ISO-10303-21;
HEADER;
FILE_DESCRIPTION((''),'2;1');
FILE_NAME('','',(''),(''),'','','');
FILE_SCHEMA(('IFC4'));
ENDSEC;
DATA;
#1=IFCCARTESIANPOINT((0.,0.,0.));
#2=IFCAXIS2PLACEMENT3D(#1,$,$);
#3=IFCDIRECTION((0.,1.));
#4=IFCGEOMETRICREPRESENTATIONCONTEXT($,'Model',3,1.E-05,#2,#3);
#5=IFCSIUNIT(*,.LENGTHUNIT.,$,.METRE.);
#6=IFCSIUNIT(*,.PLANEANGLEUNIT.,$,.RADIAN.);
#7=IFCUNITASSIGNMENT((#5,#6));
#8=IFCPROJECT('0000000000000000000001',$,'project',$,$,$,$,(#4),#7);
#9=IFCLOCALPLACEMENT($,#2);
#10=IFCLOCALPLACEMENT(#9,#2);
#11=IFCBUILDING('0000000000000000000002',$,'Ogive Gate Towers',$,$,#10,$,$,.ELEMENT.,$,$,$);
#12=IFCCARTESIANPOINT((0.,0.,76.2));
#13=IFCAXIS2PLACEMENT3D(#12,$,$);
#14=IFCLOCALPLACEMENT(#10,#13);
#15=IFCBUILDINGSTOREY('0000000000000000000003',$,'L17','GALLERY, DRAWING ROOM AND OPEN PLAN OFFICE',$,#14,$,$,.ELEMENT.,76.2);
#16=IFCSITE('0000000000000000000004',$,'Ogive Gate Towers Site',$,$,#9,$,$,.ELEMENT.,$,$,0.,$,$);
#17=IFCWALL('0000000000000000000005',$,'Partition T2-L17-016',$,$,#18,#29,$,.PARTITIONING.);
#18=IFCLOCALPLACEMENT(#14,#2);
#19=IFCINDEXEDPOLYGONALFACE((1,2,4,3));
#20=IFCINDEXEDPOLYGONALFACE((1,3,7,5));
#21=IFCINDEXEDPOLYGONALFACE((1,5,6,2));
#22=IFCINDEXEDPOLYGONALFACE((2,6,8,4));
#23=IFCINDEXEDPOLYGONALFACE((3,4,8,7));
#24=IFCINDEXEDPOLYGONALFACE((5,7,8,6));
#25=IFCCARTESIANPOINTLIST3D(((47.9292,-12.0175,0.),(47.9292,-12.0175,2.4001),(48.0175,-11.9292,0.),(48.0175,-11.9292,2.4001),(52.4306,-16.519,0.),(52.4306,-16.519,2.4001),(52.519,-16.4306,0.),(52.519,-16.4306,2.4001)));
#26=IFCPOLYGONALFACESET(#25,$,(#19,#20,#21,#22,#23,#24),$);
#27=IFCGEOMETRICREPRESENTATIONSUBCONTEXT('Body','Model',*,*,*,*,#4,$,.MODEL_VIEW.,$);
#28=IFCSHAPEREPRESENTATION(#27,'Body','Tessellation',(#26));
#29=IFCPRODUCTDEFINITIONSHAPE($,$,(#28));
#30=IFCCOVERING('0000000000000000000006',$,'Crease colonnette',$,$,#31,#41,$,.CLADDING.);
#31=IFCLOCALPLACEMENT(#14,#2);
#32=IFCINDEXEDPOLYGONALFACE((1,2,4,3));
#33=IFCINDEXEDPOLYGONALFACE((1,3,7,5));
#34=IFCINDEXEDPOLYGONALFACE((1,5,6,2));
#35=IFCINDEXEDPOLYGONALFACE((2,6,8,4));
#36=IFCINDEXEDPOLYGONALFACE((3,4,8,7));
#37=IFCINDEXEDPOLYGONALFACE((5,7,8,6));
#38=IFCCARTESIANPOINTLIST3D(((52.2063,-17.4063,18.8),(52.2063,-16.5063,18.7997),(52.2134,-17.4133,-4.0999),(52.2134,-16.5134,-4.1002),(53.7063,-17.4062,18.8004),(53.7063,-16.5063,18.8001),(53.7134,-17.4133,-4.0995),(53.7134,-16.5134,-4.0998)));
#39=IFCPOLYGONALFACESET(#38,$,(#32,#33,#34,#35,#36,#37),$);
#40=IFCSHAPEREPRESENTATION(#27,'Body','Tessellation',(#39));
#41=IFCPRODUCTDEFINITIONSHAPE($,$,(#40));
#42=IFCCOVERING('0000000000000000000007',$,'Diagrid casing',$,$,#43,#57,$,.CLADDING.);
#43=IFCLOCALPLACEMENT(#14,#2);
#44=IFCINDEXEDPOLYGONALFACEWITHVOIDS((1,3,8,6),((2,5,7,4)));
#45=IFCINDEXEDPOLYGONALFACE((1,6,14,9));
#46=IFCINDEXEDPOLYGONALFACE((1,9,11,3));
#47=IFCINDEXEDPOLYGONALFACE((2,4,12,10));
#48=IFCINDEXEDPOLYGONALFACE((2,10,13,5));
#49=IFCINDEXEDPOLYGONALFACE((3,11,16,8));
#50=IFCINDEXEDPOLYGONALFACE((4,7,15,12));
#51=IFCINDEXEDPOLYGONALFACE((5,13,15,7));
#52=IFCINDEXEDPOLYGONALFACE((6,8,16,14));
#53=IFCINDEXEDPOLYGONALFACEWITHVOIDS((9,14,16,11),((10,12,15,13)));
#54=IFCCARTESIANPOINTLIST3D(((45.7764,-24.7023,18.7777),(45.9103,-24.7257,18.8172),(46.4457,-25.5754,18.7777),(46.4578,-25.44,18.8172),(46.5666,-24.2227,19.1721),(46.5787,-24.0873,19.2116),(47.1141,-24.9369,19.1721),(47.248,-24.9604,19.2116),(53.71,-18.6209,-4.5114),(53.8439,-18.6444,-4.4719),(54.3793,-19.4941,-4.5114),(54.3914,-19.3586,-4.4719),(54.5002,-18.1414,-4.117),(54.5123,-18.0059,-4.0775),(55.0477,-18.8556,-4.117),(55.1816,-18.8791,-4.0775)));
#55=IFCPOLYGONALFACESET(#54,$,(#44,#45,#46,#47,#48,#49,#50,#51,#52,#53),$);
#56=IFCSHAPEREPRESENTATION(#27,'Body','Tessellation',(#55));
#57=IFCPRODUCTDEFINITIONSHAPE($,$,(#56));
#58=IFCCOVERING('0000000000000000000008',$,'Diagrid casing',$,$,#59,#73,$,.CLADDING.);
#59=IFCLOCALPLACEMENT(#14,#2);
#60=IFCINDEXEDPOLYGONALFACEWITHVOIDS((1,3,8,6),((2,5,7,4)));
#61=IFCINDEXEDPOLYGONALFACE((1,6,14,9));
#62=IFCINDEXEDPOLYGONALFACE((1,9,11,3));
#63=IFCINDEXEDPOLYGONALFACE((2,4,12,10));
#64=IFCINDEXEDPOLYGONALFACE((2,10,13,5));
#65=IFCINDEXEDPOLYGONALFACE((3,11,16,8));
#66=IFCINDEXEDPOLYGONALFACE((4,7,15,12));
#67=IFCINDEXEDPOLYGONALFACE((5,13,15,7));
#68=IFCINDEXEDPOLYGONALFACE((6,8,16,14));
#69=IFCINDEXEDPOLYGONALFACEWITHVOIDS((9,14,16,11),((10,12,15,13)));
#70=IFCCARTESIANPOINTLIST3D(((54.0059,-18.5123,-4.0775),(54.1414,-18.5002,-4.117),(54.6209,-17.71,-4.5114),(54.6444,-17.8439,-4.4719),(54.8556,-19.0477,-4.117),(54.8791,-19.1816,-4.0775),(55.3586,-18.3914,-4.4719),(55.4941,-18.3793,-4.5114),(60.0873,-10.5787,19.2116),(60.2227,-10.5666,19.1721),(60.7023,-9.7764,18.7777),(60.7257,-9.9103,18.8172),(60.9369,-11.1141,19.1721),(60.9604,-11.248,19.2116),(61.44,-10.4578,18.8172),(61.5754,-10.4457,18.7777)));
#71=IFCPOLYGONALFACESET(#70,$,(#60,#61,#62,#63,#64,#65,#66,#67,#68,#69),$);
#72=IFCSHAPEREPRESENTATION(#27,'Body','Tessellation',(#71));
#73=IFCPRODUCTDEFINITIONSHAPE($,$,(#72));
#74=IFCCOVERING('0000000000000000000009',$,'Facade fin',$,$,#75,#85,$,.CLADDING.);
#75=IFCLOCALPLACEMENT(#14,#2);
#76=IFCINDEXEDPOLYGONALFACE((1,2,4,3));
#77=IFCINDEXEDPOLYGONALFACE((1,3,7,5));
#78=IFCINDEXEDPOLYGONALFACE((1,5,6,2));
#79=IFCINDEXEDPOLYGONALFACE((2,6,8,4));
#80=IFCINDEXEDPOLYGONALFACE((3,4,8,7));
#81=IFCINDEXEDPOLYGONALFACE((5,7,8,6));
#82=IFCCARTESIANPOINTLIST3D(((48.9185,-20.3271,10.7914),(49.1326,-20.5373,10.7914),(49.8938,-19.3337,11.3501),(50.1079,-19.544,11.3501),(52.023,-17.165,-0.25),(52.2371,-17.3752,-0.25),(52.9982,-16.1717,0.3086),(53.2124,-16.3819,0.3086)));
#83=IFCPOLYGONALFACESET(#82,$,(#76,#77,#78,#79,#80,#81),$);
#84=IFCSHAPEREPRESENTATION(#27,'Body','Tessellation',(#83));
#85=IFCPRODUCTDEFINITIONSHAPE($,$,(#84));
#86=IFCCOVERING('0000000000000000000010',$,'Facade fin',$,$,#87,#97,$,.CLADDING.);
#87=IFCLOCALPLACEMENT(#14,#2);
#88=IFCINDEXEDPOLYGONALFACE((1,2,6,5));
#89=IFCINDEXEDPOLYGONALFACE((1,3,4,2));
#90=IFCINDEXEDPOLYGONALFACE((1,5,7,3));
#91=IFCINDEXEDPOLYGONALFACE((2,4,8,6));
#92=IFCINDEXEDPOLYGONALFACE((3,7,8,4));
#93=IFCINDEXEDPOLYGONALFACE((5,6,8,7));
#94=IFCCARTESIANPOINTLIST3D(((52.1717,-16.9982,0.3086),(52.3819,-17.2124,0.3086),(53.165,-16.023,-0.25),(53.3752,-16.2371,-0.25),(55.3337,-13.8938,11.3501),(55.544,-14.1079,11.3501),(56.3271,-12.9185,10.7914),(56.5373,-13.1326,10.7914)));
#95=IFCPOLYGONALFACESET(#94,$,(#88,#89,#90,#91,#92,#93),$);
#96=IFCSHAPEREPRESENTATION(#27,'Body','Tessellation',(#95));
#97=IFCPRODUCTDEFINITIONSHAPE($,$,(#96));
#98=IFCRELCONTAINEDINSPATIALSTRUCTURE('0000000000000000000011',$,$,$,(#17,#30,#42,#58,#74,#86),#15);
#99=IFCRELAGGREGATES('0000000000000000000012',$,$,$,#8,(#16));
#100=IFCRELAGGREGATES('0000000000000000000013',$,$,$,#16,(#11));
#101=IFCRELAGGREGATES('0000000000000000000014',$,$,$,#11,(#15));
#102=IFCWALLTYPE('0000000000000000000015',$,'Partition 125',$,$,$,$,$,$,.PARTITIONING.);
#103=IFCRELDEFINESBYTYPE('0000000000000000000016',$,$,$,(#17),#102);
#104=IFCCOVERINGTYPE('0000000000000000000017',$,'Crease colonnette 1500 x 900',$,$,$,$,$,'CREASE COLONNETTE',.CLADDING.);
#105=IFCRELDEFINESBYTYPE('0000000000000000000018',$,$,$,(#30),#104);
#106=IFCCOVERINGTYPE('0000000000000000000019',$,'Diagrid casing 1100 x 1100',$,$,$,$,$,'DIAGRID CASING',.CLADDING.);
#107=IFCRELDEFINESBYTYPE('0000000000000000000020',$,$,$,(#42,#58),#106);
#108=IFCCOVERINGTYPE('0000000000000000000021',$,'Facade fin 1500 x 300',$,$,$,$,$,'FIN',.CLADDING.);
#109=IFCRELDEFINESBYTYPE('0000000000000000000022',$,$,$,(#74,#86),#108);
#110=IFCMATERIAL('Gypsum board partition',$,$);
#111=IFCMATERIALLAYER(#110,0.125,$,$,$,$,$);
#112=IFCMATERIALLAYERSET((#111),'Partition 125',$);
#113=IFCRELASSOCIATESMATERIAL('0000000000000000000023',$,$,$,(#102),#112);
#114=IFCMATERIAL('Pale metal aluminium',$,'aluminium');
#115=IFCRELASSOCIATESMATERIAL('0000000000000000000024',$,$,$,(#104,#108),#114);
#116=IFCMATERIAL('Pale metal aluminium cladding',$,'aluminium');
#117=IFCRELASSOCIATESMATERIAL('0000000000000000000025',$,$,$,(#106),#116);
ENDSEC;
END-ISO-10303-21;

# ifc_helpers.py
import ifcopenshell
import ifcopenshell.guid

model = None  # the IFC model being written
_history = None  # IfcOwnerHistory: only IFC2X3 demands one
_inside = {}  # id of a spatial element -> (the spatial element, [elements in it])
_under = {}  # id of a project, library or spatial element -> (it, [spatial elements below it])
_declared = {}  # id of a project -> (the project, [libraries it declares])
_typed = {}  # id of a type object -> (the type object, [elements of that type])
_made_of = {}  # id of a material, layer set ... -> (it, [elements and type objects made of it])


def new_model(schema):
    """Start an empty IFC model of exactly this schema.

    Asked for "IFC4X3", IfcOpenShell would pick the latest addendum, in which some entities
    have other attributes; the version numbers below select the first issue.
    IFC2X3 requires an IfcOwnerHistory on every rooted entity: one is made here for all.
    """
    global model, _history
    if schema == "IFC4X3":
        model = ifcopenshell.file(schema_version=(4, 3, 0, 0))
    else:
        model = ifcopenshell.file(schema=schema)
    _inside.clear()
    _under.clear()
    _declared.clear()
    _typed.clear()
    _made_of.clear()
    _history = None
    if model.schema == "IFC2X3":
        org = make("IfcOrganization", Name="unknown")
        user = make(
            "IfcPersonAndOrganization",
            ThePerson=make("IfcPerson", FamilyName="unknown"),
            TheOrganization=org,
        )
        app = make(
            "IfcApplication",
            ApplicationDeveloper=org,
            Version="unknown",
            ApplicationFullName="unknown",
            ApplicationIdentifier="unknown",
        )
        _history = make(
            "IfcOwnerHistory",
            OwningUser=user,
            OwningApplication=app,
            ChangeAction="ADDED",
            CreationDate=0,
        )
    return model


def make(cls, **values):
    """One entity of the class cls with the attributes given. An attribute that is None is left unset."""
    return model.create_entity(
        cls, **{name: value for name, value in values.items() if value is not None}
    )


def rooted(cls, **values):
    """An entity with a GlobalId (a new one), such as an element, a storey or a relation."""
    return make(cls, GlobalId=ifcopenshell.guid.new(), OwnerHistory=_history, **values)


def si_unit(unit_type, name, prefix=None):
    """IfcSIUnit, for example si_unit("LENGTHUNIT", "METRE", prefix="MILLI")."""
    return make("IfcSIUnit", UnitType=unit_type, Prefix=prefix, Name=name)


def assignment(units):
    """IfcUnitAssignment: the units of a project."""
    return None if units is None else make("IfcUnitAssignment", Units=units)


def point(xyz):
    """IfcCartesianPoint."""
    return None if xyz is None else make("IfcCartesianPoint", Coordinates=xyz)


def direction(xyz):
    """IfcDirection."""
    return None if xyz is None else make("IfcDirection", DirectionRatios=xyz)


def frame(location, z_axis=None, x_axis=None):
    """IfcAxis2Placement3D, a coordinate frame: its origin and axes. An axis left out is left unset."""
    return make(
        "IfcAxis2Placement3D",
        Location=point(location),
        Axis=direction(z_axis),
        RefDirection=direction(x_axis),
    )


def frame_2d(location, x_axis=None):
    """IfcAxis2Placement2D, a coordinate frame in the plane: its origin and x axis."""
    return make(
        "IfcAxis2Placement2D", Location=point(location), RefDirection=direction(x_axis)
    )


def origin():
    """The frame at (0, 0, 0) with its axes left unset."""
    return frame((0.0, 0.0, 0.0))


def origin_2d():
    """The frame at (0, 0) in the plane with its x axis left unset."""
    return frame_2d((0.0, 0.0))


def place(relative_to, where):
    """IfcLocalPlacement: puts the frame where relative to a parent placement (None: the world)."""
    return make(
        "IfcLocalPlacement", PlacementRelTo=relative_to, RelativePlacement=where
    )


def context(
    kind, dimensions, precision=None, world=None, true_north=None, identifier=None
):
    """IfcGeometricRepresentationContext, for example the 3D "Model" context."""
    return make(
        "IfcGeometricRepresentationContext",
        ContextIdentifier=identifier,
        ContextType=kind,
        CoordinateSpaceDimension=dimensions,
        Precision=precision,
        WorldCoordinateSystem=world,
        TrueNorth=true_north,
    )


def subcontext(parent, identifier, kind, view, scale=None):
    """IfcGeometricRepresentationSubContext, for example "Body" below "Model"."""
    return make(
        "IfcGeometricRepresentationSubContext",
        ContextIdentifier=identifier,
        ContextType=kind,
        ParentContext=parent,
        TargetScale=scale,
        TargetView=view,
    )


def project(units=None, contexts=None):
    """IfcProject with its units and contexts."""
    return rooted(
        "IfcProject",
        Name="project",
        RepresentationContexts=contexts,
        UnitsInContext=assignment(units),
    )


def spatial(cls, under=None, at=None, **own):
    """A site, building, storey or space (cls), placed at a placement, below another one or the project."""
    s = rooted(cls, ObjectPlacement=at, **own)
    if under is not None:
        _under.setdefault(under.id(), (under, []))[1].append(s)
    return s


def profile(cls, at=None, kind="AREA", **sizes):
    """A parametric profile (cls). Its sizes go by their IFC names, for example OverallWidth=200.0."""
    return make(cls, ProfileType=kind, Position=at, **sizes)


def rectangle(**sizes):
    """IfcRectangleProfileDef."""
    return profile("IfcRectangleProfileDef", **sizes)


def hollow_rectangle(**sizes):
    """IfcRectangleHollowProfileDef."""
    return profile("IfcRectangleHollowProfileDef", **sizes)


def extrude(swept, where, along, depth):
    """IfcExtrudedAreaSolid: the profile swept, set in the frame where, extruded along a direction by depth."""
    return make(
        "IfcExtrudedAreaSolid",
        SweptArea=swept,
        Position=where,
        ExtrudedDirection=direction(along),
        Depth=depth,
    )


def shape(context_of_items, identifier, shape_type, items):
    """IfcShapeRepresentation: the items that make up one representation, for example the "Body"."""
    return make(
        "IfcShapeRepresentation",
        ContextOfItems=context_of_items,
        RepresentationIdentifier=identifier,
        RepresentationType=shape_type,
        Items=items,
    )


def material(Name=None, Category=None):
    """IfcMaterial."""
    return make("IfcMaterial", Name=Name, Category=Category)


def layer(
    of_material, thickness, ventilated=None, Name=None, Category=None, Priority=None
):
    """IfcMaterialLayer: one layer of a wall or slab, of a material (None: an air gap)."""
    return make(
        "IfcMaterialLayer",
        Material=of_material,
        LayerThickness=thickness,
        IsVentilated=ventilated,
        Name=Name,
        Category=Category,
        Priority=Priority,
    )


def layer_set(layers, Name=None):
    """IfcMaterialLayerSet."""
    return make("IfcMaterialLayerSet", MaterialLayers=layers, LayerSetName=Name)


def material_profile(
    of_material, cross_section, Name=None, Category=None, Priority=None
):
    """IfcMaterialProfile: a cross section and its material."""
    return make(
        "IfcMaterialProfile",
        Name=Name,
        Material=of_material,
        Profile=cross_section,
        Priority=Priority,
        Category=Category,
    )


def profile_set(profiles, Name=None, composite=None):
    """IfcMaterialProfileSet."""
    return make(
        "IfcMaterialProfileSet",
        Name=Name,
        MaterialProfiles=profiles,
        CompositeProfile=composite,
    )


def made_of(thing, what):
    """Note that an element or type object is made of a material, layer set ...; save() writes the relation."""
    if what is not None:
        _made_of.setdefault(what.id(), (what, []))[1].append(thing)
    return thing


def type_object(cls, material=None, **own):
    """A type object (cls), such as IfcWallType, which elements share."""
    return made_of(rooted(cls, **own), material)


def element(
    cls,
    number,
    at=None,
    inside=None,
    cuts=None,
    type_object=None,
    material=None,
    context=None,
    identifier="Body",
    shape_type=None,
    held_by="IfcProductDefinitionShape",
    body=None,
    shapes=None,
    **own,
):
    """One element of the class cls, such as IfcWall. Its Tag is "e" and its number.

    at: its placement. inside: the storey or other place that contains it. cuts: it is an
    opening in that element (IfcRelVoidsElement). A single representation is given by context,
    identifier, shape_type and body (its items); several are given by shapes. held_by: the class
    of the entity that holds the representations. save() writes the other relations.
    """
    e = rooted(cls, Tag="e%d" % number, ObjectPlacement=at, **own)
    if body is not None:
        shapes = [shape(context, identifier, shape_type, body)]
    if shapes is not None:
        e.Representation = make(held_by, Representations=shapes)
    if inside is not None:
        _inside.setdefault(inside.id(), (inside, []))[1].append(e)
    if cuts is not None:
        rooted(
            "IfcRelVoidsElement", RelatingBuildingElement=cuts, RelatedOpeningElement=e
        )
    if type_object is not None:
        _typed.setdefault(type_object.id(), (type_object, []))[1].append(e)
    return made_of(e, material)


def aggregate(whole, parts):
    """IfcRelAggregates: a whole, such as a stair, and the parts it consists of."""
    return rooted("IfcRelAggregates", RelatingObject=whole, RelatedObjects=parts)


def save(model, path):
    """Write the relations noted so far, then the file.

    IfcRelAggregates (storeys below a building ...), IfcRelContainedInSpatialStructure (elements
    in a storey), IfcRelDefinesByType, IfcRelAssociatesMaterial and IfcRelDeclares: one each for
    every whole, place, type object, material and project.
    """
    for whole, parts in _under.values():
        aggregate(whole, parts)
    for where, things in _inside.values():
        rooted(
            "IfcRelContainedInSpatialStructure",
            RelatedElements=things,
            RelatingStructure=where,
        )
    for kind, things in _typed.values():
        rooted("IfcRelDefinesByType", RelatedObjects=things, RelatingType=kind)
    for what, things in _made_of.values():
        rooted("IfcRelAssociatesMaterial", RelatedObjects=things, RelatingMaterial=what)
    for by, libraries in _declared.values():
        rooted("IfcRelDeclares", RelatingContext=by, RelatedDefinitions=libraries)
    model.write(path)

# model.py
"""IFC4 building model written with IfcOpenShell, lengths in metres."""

from ifc_helpers import new_model, si_unit, direction, frame, frame_2d, origin, origin_2d, place, context, subcontext, project, spatial, rectangle, hollow_rectangle, extrude, material, layer, layer_set, material_profile, profile_set, type_object, element, save


model = new_model("IFC4")

# Units and contexts
model_context = context("Model", 3, precision=1e-05, world=origin(), true_north=direction((0.0, 1.0)))
body_context = subcontext(model_context, "Body", "Model", "MODEL_VIEW")
ifc_project = project(units=[si_unit("LENGTHUNIT", "METRE"), si_unit("PLANEANGLEUNIT", "RADIAN")], contexts=[model_context])

# Site, building, storey
site_placement = place(None, origin())
site = spatial("IfcSite", under=ifc_project, at=site_placement, Name="Ogive Gate Towers Site", CompositionType="ELEMENT", RefElevation=0.0)
building_placement = place(site_placement, origin())
building = spatial("IfcBuilding", under=site, at=building_placement, Name="Ogive Gate Towers", CompositionType="ELEMENT")
storey_placement = place(building_placement, frame((0.0, 0.0, 76.2)))
storey = spatial("IfcBuildingStorey", under=building, at=storey_placement, Name="L17", Description="GALLERY, DRAWING ROOM AND OPEN PLAN OFFICE", CompositionType="ELEMENT", Elevation=76.2)

# Shared definitions
ifc_material_1 = material(Name="Pale metal aluminium", Category="aluminium")

# Wall
ifc_material_2 = material(Name="Gypsum board partition")
ifc_layer_1 = layer(ifc_material_2, 0.125)
ifc_layer_set_1 = layer_set([ifc_layer_1], Name="Partition 125")
wall_type = type_object("IfcWallType", Name="Partition 125", PredefinedType="PARTITIONING", material=ifc_layer_set_1)
wall_placement = place(storey_placement, frame((52.4749, -16.4749, 0.0), z_axis=(0.0, 0.0, 1.0), x_axis=(-0.707107, 0.707107, 0.0)))
element("IfcWall", 1, at=wall_placement, inside=storey, type_object=wall_type, Name="Partition T2-L17-016", PredefinedType="PARTITIONING", context=body_context, shape_type="SweptSolid", body=[
    extrude(rectangle(XDim=6.366, YDim=0.125, at=frame_2d((3.1831, 0.0))), origin(), (0.0, 0.0, 1.0), 2.4001),
])

# Coverings
ifc_material_profile_1 = material_profile(ifc_material_1, rectangle(XDim=1.5, YDim=0.8999, at=origin_2d()), Name="1500 x 900 pale metal aluminium")
ifc_profile_set_1 = profile_set([ifc_material_profile_1], Name="Pale metal aluminium")
covering_type_1 = type_object("IfcCoveringType", Name="Crease colonnette 1500 x 900", ElementType="CREASE COLONNETTE", PredefinedType="CLADDING", material=ifc_profile_set_1)
covering_placement = place(storey_placement, frame((52.9634, -16.9634, -4.0999), z_axis=(-0.000309, 0.000309, 1.0), x_axis=(1.0, 0.0, 0.0)))
element("IfcCovering", 2, at=covering_placement, inside=storey, type_object=covering_type_1, Name="Crease colonnette", PredefinedType="CLADDING", context=body_context, shape_type="SweptSolid", body=[
    extrude(rectangle(XDim=1.5, YDim=0.8999, at=origin_2d()), origin(), (0.0, 0.0, 1.0), 22.8999),
])
ifc_material_3 = material(Name="Pale metal aluminium cladding", Category="aluminium")
ifc_material_profile_2 = material_profile(ifc_material_3, hollow_rectangle(XDim=1.1001, YDim=1.1001, WallThickness=0.1001, at=origin_2d()), Name="1100 x 1100 pale metal casing")
ifc_profile_set_2 = profile_set([ifc_material_profile_2], Name="Pale metal aluminium cladding")
covering_type_2 = type_object("IfcCoveringType", Name="Diagrid casing 1100 x 1100", ElementType="DIAGRID CASING", PredefinedType="CLADDING", material=ifc_profile_set_2)
for number, where, z_axis, x_axis, name in (
    (3, (54.4458, -18.75, -4.2944), (-0.31304, -0.239953, 0.918928), (0.608361, -0.793661, 0.0), "Diagrid casing"),
    (4, (54.75, -18.4458, -4.2944), (0.239953, 0.31304, 0.918928), (-0.793661, 0.608361, 0.0), "Diagrid casing"),
):
    element("IfcCovering", number, at=place(storey_placement, frame(where, z_axis=z_axis, x_axis=x_axis)), inside=storey, type_object=covering_type_2, Name=name, PredefinedType="CLADDING", context=body_context, shape_type="SweptSolid", body=[
        extrude(hollow_rectangle(XDim=1.1001, YDim=1.1001, WallThickness=0.1001, at=origin_2d()), origin(), (0.0, 0.0, 1.0), 25.3438),
    ])
ifc_material_profile_3 = material_profile(ifc_material_1, rectangle(XDim=0.3, YDim=1.5, at=origin_2d()), Name="1500 x 300 pale metal aluminium")
ifc_profile_set_3 = profile_set([ifc_material_profile_3], Name="Pale metal aluminium")
covering_type_3 = type_object("IfcCoveringType", Name="Facade fin 1500 x 300", ElementType="FIN", PredefinedType="CLADDING", material=ifc_profile_set_3)
for number, where, z_axis, x_axis, name in (
    (5, (52.6177, -16.7734, 0.0293), (-0.260935, -0.265778, 0.928049), (0.713578, -0.700576, 0.0), "Facade fin"),
    (6, (52.7734, -16.6177, 0.0293), (0.265778, 0.260935, 0.928049), (-0.700576, 0.713578, 0.0), "Facade fin"),
):
    element("IfcCovering", number, at=place(storey_placement, frame(where, z_axis=z_axis, x_axis=x_axis)), inside=storey, type_object=covering_type_3, Name=name, PredefinedType="CLADDING", context=body_context, shape_type="SweptSolid", body=[
        extrude(rectangle(XDim=0.3, YDim=1.5, at=origin_2d()), origin(), (0.0, 0.0, 1.0), 11.8975),
    ])

save(model, "model.ifc")
